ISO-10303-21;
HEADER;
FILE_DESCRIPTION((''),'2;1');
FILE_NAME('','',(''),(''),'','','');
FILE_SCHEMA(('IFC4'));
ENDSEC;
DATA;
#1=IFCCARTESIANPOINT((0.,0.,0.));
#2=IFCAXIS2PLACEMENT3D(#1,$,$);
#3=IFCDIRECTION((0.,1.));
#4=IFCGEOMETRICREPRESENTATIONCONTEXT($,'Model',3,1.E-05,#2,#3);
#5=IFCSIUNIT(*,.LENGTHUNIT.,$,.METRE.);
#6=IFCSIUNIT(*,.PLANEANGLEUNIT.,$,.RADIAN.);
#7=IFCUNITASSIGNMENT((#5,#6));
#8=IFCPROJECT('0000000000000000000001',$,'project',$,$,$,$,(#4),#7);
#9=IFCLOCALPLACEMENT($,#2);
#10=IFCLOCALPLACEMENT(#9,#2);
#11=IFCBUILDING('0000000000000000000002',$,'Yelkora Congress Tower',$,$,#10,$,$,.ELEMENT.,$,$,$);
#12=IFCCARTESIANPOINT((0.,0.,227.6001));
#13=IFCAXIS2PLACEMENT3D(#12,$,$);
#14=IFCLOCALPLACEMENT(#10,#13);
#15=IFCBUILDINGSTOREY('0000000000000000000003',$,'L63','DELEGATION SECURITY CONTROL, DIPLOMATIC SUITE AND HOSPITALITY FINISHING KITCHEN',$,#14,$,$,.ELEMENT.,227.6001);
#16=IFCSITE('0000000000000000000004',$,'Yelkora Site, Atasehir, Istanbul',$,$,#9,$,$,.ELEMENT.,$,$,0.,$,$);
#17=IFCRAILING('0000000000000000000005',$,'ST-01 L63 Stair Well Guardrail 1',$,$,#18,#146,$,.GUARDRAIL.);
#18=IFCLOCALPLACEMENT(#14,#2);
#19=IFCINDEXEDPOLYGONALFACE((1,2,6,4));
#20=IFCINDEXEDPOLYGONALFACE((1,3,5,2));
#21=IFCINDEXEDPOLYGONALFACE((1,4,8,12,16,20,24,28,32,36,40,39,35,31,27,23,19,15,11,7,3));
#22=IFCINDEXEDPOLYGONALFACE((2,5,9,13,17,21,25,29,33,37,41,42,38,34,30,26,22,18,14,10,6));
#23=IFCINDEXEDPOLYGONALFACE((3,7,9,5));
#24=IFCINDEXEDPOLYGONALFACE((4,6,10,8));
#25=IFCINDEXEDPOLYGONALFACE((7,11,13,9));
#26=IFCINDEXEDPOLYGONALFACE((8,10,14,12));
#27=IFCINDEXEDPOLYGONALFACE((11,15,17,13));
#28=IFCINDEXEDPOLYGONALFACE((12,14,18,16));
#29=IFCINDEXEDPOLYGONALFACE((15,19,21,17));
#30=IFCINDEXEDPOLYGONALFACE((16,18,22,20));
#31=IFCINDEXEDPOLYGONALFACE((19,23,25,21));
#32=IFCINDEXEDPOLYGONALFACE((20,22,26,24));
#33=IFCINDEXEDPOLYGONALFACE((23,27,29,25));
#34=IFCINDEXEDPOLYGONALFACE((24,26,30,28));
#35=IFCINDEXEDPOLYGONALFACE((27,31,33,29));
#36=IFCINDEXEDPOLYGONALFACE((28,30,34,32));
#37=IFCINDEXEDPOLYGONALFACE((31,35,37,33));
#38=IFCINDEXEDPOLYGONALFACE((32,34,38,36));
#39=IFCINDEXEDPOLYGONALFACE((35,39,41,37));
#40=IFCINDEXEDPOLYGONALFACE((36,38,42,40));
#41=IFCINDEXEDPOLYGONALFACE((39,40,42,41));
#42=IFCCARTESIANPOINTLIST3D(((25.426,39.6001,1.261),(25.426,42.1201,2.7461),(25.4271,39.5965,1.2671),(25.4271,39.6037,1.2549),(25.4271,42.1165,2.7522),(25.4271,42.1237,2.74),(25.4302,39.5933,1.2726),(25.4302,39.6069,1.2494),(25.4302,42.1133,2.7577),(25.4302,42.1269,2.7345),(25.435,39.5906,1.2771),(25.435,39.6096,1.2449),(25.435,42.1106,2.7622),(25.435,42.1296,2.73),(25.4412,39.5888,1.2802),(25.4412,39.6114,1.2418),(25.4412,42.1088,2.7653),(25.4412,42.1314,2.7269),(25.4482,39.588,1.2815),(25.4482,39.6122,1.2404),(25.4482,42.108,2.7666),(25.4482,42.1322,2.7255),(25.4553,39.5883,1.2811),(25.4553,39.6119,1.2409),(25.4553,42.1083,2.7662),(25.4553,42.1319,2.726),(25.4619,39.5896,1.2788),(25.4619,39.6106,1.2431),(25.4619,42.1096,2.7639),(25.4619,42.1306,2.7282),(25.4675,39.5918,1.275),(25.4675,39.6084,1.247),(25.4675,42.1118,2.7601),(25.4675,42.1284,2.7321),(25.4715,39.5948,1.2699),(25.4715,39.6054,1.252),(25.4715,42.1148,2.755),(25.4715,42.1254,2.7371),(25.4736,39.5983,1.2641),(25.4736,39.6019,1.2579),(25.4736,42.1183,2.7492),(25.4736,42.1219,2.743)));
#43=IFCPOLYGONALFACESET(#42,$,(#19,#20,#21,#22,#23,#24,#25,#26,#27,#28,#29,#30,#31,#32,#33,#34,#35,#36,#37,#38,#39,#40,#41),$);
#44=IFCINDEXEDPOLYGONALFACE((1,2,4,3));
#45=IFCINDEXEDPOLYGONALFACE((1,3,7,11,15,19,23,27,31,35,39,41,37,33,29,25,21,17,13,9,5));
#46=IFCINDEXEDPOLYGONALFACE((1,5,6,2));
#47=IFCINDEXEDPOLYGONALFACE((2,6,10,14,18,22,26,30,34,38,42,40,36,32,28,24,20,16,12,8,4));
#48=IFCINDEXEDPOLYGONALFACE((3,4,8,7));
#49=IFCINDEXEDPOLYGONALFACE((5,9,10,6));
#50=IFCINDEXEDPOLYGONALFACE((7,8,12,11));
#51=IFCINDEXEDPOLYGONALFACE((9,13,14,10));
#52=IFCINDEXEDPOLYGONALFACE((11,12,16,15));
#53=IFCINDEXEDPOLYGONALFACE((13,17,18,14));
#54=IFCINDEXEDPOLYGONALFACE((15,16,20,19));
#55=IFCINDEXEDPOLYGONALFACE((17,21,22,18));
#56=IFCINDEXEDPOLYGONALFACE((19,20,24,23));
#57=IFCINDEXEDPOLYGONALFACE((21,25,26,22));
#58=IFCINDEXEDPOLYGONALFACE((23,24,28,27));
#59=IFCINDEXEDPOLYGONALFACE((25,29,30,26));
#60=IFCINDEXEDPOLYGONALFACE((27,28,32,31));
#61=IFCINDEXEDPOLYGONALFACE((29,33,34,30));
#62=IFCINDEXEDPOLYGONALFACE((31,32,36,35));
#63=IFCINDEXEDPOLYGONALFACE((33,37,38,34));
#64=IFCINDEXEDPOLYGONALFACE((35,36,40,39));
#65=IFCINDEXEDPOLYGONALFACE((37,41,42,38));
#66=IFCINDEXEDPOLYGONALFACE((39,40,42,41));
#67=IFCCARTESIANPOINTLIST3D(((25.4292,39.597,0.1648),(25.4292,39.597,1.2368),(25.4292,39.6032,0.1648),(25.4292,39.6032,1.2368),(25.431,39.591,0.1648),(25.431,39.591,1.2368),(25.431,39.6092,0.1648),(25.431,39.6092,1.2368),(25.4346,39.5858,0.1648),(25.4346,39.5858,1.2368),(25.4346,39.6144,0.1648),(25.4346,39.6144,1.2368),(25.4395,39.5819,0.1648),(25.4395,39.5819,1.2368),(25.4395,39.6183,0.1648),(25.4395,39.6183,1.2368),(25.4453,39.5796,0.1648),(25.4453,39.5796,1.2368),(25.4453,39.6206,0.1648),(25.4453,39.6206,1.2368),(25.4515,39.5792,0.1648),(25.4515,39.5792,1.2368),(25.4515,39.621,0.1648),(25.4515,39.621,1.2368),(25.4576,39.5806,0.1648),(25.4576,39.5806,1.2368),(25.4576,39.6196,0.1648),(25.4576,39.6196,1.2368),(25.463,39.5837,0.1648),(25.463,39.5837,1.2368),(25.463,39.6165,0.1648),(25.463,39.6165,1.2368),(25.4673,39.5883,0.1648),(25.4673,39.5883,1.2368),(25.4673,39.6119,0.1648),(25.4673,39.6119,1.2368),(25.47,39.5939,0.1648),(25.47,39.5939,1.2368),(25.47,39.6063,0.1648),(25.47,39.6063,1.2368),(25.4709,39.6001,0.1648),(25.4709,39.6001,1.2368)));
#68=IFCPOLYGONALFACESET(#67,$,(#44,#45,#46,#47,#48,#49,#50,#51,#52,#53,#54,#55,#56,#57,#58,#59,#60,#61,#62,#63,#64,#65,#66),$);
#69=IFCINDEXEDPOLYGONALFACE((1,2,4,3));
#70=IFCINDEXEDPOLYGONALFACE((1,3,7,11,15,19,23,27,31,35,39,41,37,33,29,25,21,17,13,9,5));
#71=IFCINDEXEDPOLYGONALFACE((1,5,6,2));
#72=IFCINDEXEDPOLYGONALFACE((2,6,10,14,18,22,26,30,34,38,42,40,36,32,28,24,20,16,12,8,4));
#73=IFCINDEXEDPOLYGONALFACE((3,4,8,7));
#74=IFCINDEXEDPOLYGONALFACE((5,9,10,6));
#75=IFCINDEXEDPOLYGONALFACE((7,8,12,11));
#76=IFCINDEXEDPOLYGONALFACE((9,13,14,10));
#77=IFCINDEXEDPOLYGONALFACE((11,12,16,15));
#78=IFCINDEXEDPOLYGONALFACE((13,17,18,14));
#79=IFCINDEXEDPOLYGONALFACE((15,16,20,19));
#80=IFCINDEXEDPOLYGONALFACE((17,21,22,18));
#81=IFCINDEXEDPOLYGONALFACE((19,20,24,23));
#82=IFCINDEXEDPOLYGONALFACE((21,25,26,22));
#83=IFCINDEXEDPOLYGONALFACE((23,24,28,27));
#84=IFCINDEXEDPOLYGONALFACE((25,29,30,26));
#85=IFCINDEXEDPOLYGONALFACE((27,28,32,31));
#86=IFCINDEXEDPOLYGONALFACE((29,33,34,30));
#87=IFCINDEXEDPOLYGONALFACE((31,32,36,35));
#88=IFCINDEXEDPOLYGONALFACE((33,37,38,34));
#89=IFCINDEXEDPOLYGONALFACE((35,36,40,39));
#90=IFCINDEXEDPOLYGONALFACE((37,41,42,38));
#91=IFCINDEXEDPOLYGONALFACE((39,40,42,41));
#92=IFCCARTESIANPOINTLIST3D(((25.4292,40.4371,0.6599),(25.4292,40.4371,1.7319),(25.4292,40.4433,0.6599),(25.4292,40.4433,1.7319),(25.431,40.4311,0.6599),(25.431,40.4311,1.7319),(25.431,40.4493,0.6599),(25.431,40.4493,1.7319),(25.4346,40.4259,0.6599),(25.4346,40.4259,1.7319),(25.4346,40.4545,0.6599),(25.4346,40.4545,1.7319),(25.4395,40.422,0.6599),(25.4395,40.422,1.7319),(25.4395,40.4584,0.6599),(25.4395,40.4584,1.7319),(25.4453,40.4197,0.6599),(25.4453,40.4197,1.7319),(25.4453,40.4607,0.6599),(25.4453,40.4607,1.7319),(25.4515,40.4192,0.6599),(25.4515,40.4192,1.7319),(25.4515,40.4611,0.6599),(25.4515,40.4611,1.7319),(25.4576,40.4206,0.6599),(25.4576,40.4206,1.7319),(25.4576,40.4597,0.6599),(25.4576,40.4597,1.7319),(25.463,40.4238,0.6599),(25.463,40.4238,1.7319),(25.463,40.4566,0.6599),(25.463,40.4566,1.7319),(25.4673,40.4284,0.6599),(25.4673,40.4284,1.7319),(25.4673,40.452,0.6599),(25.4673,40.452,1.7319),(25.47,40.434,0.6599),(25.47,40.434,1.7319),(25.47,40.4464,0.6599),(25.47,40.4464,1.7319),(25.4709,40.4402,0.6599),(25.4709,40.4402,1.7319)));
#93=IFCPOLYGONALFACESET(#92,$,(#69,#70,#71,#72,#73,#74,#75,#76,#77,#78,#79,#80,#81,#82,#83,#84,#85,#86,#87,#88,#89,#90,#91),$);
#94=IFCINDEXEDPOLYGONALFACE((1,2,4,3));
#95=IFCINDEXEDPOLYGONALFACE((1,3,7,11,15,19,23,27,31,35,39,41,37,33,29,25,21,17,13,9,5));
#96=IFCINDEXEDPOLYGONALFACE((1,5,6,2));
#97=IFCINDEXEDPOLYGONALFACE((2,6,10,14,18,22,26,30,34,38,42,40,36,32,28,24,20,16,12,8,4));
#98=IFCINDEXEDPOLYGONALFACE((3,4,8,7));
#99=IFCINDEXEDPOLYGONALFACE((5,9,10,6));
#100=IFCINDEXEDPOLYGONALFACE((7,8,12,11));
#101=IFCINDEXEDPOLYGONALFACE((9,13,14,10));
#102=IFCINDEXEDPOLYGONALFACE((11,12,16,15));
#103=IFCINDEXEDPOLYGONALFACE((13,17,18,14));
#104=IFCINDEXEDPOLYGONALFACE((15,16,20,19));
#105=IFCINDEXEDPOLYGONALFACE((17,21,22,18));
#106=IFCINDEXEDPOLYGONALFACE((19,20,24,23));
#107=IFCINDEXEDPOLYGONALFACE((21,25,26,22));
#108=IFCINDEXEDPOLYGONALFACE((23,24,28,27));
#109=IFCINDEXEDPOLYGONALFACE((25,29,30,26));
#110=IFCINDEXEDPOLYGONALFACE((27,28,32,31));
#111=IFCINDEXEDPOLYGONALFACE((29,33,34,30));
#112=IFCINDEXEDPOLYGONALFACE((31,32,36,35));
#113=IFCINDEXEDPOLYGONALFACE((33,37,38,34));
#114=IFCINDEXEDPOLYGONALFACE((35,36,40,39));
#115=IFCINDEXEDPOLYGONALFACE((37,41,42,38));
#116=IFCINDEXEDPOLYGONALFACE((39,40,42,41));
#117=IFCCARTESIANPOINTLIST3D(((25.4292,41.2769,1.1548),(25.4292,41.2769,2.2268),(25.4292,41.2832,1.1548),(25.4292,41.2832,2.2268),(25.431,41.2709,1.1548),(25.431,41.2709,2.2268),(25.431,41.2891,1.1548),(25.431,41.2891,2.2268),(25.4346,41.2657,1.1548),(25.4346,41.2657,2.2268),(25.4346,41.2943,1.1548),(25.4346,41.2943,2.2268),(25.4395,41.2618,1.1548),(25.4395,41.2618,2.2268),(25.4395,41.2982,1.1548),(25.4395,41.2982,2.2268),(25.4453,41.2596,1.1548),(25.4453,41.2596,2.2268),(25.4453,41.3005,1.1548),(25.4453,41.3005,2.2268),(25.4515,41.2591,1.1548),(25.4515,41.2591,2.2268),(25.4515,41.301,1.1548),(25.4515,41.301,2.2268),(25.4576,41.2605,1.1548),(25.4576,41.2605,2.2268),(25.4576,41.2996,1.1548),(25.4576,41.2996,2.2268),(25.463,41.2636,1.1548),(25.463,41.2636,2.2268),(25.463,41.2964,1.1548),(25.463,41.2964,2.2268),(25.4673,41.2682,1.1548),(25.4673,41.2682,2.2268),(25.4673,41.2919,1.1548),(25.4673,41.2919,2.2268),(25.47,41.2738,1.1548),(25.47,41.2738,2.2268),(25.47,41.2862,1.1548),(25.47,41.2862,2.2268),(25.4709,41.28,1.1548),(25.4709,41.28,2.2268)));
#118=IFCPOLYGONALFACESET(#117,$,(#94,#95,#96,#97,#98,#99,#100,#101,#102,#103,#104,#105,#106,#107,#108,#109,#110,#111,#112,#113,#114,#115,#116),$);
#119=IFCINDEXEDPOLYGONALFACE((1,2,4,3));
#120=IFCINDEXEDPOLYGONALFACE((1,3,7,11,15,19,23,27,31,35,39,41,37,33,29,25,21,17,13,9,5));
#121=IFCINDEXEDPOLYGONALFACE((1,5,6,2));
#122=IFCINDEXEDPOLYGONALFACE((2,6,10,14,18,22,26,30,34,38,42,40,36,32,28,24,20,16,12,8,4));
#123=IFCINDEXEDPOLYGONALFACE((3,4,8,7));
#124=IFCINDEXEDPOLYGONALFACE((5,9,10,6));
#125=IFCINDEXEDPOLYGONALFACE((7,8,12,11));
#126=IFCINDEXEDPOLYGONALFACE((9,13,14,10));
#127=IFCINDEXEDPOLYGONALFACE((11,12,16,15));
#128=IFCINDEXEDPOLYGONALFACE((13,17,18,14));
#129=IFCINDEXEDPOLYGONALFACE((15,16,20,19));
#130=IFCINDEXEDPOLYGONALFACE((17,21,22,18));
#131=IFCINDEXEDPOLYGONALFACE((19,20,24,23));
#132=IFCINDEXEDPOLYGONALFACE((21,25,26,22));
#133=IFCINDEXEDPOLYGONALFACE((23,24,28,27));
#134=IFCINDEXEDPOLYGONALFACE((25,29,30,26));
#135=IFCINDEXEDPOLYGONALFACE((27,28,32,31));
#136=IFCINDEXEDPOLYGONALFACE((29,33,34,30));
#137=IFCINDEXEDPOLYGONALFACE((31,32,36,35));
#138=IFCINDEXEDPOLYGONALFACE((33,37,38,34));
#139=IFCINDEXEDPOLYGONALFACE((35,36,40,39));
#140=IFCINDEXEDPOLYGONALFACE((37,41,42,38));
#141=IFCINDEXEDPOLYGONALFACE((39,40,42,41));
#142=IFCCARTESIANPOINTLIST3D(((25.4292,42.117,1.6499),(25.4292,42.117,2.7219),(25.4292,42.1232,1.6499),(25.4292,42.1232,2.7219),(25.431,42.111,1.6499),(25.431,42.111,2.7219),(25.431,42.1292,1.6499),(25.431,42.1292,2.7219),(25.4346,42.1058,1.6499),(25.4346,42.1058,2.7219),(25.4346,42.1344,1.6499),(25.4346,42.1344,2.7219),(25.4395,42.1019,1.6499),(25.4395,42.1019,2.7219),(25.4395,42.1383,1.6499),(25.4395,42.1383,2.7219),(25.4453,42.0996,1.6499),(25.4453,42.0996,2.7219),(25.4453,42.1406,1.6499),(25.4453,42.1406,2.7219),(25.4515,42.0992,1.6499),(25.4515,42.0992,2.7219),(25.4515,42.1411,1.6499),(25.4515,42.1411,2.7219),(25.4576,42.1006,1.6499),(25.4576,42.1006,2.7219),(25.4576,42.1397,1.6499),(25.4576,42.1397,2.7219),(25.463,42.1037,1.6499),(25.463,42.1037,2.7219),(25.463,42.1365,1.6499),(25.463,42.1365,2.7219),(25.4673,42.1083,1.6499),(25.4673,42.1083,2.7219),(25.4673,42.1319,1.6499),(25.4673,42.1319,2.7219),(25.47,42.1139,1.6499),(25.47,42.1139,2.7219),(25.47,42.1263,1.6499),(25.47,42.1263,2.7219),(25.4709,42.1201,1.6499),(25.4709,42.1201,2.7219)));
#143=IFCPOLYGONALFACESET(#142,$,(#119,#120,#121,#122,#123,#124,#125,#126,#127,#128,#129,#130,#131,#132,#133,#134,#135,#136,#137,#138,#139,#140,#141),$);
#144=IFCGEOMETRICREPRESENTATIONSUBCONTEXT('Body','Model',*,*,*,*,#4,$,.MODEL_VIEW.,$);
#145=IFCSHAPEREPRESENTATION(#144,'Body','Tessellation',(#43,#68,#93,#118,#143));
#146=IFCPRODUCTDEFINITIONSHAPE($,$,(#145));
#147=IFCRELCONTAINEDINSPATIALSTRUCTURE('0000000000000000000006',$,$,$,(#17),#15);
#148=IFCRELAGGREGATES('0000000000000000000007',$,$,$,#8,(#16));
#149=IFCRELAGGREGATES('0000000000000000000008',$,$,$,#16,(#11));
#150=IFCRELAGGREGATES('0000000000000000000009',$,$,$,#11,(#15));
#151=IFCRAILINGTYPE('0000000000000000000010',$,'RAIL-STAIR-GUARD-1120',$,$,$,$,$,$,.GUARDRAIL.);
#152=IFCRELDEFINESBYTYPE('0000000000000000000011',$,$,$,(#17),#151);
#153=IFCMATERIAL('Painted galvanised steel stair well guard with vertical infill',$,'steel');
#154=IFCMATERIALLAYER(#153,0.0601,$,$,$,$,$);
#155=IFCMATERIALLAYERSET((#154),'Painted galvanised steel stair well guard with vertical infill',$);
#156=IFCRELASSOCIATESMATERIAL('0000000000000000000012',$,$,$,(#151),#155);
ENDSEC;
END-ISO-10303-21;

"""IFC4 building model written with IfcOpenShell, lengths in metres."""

from ifc_helpers import new_model, si_unit, direction, frame, origin, origin_2d, place, context, subcontext, project, spatial, circle, extrude, material, layer, layer_set, type_object, element, save


model = new_model("IFC4")

# Units and contexts
model_context = context("Model", 3, precision=1e-05, world=origin(), true_north=direction((0.0, 1.0)))
body_context = subcontext(model_context, "Body", "Model", "MODEL_VIEW")
ifc_project = project(units=[si_unit("LENGTHUNIT", "METRE"), si_unit("PLANEANGLEUNIT", "RADIAN")], contexts=[model_context])

# Site, building, storey
site_placement = place(None, origin())
site = spatial("IfcSite", under=ifc_project, at=site_placement, Name="Yelkora Site, Atasehir, Istanbul", CompositionType="ELEMENT", RefElevation=0.0)
building_placement = place(site_placement, origin())
building = spatial("IfcBuilding", under=site, at=building_placement, Name="Yelkora Congress Tower", CompositionType="ELEMENT")
storey_placement = place(building_placement, frame((0.0, 0.0, 227.6001)))
storey = spatial("IfcBuildingStorey", under=building, at=storey_placement, Name="L63", Description="DELEGATION SECURITY CONTROL, DIPLOMATIC SUITE AND HOSPITALITY FINISHING KITCHEN", CompositionType="ELEMENT", Elevation=227.6001)

# Railing
ifc_material_1 = material(Name="Painted galvanised steel stair well guard with vertical infill", Category="steel")
ifc_layer_1 = layer(ifc_material_1, 0.0601)
ifc_layer_set_1 = layer_set([ifc_layer_1], Name="Painted galvanised steel stair well guard with vertical infill")
railing_type_1 = type_object("IfcRailingType", Name="RAIL-STAIR-GUARD-1120", PredefinedType="GUARDRAIL", material=ifc_layer_set_1)
railing_1_placement = place(storey_placement, frame((25.45, 39.6001, 0.1648)))
element("IfcRailing", 1, at=railing_1_placement, inside=storey, type_object=railing_type_1, Name="ST-01 L63 Stair Well Guardrail 1", PredefinedType="GUARDRAIL", context=body_context, shape_type="SweptSolid", body=[
    extrude(circle(Radius=0.0239, at=origin_2d()), frame((0.0, 0.0, 1.0962), z_axis=(0.0, 0.861524, 0.507717), x_axis=(-1.0, 0.0, 0.0)), (0.0, 0.0, 1.0), 2.925),
    extrude(circle(Radius=0.021, at=origin_2d()), origin(), (0.0, 0.0, 1.0), 1.072),
    extrude(circle(Radius=0.021, at=origin_2d()), frame((0.0, 0.8401, 0.4951)), (0.0, 0.0, 1.0), 1.072),
    extrude(circle(Radius=0.021, at=origin_2d()), frame((0.0, 1.6799, 0.99)), (0.0, 0.0, 1.0), 1.072),
    extrude(circle(Radius=0.021, at=origin_2d()), frame((0.0, 2.52, 1.4851)), (0.0, 0.0, 1.0), 1.072),
])

save(model, "model.ifc")
